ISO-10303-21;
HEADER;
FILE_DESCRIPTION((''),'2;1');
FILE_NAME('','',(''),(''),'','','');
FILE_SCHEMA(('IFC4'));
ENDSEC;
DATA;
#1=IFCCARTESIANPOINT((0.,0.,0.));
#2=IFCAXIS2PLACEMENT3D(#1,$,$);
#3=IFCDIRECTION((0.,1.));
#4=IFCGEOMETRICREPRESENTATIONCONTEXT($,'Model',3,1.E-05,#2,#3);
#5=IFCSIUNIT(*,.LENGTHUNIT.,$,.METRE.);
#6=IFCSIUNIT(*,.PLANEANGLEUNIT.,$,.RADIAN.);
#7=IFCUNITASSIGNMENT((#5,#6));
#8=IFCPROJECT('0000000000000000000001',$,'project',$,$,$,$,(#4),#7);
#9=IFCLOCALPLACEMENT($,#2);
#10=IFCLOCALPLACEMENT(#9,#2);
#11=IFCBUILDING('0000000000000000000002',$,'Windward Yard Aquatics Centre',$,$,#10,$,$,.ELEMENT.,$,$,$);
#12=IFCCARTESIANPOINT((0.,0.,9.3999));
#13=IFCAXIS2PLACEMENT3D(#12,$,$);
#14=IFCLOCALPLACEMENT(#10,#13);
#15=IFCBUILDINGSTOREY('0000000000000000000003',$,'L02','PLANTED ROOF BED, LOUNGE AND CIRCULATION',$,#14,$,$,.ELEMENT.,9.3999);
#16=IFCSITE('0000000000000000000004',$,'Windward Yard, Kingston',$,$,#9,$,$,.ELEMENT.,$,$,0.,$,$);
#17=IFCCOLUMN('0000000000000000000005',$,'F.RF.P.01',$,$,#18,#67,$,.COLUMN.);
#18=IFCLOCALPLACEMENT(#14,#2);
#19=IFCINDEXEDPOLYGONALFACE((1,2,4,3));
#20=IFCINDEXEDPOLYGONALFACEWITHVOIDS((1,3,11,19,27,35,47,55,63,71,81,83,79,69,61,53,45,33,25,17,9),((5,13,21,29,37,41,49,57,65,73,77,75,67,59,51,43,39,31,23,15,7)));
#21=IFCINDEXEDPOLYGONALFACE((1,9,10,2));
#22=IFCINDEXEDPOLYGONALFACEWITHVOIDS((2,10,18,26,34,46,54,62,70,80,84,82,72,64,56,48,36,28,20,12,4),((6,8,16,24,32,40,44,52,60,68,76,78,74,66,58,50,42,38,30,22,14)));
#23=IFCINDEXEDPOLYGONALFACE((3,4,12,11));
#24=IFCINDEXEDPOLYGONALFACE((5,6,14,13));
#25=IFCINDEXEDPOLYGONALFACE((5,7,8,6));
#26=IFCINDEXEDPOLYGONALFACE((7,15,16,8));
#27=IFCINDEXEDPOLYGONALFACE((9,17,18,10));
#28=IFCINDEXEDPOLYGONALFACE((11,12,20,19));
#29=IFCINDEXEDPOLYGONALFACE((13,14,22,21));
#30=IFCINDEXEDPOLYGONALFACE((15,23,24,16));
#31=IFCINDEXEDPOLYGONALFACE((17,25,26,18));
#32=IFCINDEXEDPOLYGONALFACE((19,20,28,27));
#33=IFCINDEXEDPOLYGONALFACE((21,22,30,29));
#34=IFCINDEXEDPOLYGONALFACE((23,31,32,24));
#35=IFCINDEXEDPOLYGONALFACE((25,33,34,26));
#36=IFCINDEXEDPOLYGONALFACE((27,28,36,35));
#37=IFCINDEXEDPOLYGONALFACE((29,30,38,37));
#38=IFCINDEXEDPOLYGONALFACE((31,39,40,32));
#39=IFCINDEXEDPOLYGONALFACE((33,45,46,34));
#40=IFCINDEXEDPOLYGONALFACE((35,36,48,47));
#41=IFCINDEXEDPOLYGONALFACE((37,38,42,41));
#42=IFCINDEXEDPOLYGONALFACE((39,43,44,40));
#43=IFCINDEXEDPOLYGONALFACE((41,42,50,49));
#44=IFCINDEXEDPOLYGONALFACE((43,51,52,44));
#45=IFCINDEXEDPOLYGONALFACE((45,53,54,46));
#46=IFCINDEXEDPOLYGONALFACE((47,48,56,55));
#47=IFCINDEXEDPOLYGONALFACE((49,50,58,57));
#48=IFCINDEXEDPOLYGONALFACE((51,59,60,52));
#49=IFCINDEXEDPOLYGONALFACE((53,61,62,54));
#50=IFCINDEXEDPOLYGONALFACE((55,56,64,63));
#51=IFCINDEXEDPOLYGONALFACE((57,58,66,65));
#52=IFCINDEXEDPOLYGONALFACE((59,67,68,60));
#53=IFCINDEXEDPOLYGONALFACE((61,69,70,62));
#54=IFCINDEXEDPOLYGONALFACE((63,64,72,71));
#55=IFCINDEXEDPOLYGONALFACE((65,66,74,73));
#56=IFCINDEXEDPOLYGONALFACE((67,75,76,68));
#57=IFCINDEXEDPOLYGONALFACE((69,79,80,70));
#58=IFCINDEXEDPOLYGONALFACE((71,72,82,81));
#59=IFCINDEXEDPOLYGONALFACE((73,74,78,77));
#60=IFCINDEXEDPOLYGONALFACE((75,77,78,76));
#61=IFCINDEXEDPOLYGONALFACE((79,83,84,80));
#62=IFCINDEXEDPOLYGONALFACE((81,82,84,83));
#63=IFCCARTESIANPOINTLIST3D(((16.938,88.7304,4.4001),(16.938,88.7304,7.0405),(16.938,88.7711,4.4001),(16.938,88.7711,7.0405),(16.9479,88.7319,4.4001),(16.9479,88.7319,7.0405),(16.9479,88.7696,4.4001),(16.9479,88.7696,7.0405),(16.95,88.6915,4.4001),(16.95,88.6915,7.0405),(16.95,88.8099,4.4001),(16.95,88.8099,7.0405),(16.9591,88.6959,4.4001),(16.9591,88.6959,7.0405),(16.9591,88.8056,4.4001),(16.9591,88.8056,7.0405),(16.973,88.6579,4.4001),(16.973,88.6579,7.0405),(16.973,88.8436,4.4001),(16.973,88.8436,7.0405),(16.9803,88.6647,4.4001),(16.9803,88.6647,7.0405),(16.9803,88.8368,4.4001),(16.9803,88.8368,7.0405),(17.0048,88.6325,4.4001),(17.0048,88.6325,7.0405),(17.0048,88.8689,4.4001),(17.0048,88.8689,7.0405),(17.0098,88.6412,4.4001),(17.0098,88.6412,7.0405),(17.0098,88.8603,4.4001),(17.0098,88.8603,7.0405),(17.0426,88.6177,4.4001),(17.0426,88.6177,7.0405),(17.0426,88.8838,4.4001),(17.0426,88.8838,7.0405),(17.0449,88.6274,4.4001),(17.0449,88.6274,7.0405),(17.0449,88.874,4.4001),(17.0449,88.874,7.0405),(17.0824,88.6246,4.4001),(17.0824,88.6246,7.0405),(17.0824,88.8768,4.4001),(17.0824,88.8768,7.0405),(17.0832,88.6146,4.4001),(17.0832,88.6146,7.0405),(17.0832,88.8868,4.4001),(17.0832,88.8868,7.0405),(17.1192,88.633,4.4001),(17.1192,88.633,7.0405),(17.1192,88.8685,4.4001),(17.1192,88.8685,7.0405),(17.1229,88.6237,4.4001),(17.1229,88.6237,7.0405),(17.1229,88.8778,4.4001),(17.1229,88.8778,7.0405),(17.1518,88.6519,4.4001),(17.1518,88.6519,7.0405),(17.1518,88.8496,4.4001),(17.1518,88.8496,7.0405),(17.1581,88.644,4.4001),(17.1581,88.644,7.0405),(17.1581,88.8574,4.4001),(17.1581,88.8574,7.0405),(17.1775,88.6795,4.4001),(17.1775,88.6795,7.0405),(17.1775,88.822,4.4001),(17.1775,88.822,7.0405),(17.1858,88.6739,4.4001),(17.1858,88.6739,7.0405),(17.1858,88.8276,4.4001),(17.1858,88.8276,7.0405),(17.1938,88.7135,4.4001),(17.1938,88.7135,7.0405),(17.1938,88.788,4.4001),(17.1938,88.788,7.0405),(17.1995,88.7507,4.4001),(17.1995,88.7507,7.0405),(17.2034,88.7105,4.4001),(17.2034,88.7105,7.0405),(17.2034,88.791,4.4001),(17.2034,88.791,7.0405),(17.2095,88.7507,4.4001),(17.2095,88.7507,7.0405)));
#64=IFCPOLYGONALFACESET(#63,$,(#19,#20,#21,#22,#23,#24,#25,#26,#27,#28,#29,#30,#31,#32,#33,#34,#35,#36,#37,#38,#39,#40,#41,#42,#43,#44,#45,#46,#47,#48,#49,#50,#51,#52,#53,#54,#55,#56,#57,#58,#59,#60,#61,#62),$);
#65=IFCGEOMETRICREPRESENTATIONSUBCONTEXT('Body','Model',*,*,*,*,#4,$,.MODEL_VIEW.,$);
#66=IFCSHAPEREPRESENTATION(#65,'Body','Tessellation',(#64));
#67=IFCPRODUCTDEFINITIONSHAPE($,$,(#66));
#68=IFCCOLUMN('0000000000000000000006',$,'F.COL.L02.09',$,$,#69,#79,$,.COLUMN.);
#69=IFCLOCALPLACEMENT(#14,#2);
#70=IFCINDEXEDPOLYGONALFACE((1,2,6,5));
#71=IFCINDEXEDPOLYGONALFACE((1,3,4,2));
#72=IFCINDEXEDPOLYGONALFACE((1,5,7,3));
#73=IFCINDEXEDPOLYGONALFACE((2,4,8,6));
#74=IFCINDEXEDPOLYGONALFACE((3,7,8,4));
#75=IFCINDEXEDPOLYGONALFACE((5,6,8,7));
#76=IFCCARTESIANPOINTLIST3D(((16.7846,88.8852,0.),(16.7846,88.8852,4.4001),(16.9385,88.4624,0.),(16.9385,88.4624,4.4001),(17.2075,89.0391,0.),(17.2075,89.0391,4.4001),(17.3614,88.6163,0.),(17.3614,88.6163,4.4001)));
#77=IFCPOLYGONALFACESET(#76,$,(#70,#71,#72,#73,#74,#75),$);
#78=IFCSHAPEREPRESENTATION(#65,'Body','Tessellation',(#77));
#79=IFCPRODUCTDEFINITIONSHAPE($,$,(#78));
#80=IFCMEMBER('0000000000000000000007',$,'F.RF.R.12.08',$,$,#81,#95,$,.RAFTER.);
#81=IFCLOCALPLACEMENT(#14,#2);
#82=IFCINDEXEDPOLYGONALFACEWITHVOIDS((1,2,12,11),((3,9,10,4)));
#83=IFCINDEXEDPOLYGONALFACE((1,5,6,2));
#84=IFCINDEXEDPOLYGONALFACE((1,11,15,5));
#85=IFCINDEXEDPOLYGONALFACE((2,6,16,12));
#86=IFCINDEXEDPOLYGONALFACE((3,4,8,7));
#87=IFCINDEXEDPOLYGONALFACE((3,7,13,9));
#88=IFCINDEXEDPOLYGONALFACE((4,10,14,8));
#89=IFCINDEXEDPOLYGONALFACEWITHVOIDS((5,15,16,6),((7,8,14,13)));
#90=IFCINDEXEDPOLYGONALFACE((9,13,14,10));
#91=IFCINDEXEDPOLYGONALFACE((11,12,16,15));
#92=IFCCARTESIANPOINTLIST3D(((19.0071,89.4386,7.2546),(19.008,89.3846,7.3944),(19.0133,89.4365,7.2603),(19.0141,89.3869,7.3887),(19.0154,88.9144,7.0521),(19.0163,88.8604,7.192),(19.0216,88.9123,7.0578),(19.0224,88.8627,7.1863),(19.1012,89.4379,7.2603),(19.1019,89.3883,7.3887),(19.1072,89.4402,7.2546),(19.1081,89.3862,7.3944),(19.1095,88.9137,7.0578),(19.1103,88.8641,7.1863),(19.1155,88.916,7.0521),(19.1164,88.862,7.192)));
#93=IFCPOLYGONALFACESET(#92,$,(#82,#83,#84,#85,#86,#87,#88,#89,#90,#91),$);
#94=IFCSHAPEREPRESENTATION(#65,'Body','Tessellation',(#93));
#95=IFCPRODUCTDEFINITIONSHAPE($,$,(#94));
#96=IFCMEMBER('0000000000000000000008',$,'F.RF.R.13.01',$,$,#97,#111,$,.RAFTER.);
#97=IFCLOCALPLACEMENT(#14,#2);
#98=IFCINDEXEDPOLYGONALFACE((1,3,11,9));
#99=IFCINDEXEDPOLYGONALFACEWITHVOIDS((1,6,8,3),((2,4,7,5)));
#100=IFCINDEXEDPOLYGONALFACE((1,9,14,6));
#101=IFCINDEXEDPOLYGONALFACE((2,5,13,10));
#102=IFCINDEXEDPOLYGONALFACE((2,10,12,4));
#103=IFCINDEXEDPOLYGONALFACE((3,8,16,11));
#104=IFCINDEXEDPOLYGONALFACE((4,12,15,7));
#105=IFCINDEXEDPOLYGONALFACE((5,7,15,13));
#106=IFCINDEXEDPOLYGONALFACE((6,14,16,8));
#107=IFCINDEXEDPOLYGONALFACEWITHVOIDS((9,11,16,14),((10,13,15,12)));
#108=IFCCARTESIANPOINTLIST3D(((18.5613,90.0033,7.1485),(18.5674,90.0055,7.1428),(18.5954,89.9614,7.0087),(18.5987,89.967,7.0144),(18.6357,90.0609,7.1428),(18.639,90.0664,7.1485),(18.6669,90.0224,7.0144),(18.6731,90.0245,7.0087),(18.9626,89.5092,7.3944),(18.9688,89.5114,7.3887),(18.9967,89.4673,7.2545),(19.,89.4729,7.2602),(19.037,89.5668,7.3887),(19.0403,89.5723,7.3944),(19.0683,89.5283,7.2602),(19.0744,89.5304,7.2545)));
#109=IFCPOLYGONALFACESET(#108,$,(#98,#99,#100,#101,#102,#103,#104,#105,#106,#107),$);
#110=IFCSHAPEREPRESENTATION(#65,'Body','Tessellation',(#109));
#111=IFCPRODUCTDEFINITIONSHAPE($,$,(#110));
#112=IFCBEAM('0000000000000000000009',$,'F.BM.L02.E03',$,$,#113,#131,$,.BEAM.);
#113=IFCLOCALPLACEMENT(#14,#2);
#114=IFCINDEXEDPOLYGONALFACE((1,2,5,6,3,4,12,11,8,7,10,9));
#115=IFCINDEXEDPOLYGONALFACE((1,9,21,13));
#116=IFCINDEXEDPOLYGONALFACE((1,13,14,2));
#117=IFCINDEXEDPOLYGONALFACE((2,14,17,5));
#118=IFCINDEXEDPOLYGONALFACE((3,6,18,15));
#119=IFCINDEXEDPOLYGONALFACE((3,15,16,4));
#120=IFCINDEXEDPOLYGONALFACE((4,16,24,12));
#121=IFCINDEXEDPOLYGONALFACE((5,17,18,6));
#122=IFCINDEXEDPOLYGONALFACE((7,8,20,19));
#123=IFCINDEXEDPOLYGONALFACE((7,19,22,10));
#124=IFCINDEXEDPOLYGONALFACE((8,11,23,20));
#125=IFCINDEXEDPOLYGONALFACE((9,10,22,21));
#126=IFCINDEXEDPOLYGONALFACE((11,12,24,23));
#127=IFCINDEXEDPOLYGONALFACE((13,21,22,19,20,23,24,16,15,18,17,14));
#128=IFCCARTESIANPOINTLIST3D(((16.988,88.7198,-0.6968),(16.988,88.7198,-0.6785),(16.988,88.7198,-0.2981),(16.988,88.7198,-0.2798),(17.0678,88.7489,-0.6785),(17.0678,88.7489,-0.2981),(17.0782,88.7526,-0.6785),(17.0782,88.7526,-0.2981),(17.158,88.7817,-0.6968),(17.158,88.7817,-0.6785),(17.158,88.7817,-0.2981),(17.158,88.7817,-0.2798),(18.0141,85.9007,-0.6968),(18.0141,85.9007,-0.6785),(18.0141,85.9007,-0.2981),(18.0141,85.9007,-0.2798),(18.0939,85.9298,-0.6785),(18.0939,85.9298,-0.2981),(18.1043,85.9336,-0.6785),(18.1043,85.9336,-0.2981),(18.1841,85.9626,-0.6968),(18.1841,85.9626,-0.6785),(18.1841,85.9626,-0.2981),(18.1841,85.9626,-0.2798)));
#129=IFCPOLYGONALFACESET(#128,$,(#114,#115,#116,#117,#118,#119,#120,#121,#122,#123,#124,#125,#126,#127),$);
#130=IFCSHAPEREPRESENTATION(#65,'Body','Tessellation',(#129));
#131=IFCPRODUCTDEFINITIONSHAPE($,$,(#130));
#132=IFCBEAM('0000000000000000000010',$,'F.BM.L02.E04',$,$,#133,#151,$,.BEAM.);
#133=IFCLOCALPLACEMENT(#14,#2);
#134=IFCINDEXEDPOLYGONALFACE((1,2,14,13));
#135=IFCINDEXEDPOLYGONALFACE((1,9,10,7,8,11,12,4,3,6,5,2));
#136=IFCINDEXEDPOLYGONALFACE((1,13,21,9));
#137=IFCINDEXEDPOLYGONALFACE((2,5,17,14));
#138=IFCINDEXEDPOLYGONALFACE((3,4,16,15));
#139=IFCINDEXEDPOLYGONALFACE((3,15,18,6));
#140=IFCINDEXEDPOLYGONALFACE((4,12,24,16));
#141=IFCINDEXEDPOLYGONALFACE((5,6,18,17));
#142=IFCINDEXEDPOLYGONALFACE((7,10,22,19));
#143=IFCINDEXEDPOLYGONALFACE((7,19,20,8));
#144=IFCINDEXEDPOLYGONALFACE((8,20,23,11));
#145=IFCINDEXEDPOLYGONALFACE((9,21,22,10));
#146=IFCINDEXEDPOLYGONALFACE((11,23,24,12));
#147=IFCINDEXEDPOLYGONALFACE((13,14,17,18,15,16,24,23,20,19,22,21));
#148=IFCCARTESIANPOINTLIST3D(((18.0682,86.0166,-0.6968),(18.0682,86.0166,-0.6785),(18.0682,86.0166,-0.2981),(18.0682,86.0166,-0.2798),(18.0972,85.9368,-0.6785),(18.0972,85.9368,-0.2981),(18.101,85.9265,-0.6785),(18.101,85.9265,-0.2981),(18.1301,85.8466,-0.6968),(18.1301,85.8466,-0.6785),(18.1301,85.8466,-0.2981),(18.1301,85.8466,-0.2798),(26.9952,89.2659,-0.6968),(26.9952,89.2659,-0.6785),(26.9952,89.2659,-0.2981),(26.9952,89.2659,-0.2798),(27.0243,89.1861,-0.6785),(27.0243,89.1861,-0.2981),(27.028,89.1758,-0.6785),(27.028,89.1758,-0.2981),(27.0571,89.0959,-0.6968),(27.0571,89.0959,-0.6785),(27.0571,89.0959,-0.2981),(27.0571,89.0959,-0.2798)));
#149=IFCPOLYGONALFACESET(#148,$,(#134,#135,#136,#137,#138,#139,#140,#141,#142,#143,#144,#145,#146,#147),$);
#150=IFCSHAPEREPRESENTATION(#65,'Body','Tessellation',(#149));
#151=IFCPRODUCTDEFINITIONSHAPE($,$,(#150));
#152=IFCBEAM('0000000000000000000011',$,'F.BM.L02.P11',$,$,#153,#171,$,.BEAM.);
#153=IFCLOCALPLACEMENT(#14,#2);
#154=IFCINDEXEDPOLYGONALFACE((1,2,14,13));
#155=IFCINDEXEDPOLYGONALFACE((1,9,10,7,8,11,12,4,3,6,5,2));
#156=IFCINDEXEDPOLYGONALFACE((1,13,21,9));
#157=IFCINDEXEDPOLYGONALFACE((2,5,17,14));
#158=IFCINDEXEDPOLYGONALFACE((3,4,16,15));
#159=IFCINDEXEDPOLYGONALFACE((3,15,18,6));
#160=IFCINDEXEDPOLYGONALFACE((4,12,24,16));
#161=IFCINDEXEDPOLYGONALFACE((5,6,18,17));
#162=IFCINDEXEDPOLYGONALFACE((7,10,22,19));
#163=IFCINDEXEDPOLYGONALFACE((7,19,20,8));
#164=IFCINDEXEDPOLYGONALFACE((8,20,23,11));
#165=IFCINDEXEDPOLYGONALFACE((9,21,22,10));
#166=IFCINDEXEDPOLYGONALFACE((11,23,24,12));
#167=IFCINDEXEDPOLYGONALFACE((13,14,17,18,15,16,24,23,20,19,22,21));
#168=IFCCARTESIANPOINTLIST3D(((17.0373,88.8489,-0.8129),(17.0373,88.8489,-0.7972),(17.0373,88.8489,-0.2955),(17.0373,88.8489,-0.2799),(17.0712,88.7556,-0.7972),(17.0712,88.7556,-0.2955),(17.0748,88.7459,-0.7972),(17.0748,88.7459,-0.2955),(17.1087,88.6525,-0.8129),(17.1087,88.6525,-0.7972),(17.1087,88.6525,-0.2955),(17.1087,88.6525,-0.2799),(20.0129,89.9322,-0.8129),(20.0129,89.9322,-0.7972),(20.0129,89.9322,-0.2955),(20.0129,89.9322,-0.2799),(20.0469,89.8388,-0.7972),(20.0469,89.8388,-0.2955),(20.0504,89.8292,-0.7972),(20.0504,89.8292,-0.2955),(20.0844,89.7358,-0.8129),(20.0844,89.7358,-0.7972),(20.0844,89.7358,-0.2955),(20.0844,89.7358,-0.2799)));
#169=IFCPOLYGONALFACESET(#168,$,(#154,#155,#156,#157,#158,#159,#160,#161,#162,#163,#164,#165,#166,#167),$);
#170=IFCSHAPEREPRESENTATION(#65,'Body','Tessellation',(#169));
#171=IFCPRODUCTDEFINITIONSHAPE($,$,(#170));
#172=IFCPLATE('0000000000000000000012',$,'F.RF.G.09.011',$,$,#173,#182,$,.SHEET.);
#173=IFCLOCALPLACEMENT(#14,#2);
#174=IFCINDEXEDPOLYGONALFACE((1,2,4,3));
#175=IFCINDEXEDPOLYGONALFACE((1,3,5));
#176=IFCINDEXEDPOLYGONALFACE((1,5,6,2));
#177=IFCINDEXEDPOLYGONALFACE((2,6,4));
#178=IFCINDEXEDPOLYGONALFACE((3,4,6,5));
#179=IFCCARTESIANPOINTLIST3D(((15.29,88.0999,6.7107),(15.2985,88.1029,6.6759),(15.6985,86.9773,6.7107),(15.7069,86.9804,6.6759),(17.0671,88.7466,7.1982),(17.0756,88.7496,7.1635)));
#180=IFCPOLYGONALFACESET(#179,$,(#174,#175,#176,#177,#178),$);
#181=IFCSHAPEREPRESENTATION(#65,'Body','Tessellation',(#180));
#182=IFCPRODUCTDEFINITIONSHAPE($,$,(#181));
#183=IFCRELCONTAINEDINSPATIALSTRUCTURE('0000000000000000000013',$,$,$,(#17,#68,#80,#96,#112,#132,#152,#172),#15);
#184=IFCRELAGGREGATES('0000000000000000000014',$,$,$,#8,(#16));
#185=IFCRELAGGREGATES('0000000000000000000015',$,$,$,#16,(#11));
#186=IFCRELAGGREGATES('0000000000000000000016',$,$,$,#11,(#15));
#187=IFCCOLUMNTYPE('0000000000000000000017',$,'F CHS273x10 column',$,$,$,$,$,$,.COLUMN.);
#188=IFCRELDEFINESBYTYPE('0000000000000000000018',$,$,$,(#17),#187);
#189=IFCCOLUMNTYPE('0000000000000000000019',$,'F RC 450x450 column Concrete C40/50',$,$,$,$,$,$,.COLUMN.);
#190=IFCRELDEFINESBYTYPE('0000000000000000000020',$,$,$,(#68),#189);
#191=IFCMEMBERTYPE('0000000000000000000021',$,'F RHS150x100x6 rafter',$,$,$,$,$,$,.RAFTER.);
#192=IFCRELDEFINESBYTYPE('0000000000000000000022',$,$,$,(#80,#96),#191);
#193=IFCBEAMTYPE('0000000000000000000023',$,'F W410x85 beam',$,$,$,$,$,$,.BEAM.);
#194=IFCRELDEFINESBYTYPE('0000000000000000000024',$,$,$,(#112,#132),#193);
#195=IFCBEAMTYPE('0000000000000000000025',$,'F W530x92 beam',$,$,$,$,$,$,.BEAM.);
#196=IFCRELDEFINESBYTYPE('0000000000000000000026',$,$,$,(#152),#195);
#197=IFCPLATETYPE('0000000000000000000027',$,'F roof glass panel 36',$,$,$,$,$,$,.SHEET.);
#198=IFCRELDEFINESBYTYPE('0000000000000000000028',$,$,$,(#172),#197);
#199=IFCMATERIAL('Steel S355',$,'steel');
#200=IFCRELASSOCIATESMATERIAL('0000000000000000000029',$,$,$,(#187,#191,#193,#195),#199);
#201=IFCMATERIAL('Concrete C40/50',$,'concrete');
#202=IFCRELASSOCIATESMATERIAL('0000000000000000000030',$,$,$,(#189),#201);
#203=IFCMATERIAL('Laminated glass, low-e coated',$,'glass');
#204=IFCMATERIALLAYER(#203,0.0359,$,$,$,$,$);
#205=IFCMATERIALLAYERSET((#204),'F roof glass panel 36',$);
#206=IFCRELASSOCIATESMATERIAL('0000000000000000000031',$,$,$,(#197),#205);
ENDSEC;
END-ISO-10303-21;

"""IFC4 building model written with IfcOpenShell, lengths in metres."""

from ifc_helpers import new_model, si_unit, direction, frame, origin, origin_2d, place, context, subcontext, project, spatial, polyline, rectangle, hollow_rectangle, hollow_circle, i_section, outline, extrude, material, layer, layer_set, material_profile, profile_set, type_object, element, save


model = new_model("IFC4")

# Units and contexts
model_context = context("Model", 3, precision=1e-05, world=origin(), true_north=direction((0.0, 1.0)))
body_context = subcontext(model_context, "Body", "Model", "MODEL_VIEW")
ifc_project = project(units=[si_unit("LENGTHUNIT", "METRE"), si_unit("PLANEANGLEUNIT", "RADIAN")], contexts=[model_context])

# Site, building, storey
site_placement = place(None, origin())
site = spatial("IfcSite", under=ifc_project, at=site_placement, Name="Windward Yard, Kingston", CompositionType="ELEMENT", RefElevation=0.0)
building_placement = place(site_placement, origin())
building = spatial("IfcBuilding", under=site, at=building_placement, Name="Windward Yard Aquatics Centre", CompositionType="ELEMENT")
storey_placement = place(building_placement, frame((0.0, 0.0, 9.3999)))
storey = spatial("IfcBuildingStorey", under=building, at=storey_placement, Name="L02", Description="PLANTED ROOF BED, LOUNGE AND CIRCULATION", CompositionType="ELEMENT", Elevation=9.3999)

# Columns
ifc_material_1 = material(Name="Steel S355", Category="steel")
ifc_material_profile_1 = material_profile(ifc_material_1, hollow_circle(Radius=0.1365, WallThickness=0.01, at=origin_2d()), Name="CHS273x10")
ifc_profile_set_1 = profile_set([ifc_material_profile_1], Name="Steel S355")
column_type_1 = type_object("IfcColumnType", Name="F CHS273x10 column", PredefinedType="COLUMN", material=ifc_profile_set_1)
column_1_placement = place(storey_placement, frame((17.073, 88.7507, 4.4001), z_axis=(0.0, 0.0, 1.0), x_axis=(1.0, 0.0, 0.0)))
element("IfcColumn", 1, at=column_1_placement, inside=storey, type_object=column_type_1, Name="F.RF.P.01", PredefinedType="COLUMN", context=body_context, shape_type="SweptSolid", body=[
    extrude(hollow_circle(Radius=0.1365, WallThickness=0.01, at=origin_2d()), origin(), (0.0, 0.0, 1.0), 2.6404),
])
ifc_material_2 = material(Name="Concrete C40/50", Category="concrete")
ifc_material_profile_2 = material_profile(ifc_material_2, rectangle(XDim=0.45, YDim=0.45, at=origin_2d()), Name="RC 450x450")
ifc_profile_set_2 = profile_set([ifc_material_profile_2], Name="Concrete C40/50")
column_type_2 = type_object("IfcColumnType", Name="F RC 450x450 column Concrete C40/50", PredefinedType="COLUMN", material=ifc_profile_set_2)
column_2_placement = place(storey_placement, frame((17.073, 88.7507, 0.0), z_axis=(0.0, 0.0, 1.0), x_axis=(0.939693, 0.34202, 0.0)))
element("IfcColumn", 2, at=column_2_placement, inside=storey, type_object=column_type_2, Name="F.COL.L02.09", PredefinedType="COLUMN", context=body_context, shape_type="SweptSolid", body=[
    extrude(rectangle(XDim=0.45, YDim=0.45, at=origin_2d()), origin(), (0.0, 0.0, 1.0), 4.4001),
])

# Members
ifc_material_profile_3 = material_profile(ifc_material_1, hollow_rectangle(XDim=0.1001, YDim=0.1499, WallThickness=0.0061, at=origin_2d()), Name="RHS150x100x6")
ifc_profile_set_3 = profile_set([ifc_material_profile_3], Name="Steel S355")
member_type = type_object("IfcMemberType", Name="F RHS150x100x6 rafter", PredefinedType="RAFTER", material=ifc_profile_set_3)
member_1_placement = place(storey_placement, frame((19.0659, 88.8882, 7.1221), z_axis=(-0.014771, 0.932773, 0.360162), x_axis=(-0.999875, -0.015834, 0.0)))
element("IfcMember", 3, at=member_1_placement, inside=storey, type_object=member_type, Name="F.RF.R.12.08", PredefinedType="RAFTER", context=body_context, shape_type="SweptSolid", body=[
    extrude(hollow_rectangle(XDim=0.1001, YDim=0.1499, WallThickness=0.0061, at=origin_2d()), origin(), (0.0, 0.0, 1.0), 0.562),
])
member_2_placement = place(storey_placement, frame((18.6172, 90.0139, 7.0786), z_axis=(0.588143, -0.724088, 0.360255), x_axis=(0.776208, 0.630477, 0.0)))
element("IfcMember", 4, at=member_2_placement, inside=storey, type_object=member_type, Name="F.RF.R.13.01", PredefinedType="RAFTER", context=body_context, shape_type="SweptSolid", body=[
    extrude(hollow_rectangle(XDim=0.1001, YDim=0.1499, WallThickness=0.0061, at=origin_2d()), origin(), (0.0, 0.0, 1.0), 0.6824),
])

# Beams
ifc_material_profile_4 = material_profile(ifc_material_1, i_section(OverallWidth=0.1809, OverallDepth=0.417, WebThickness=0.011, FlangeThickness=0.0183, at=origin_2d()), Name="W410x85")
ifc_profile_set_4 = profile_set([ifc_material_profile_4], Name="Steel S355")
beam_type_1 = type_object("IfcBeamType", Name="F W410x85 beam", PredefinedType="BEAM", material=ifc_profile_set_4)
beam_1_placement = place(storey_placement, frame((17.073, 88.7507, -0.4883), z_axis=(0.342037, -0.939686, 0.0), x_axis=(0.939686, 0.342037, 0.0)))
element("IfcBeam", 5, at=beam_1_placement, inside=storey, type_object=beam_type_1, Name="F.BM.L02.E03", PredefinedType="BEAM", context=body_context, shape_type="SweptSolid", body=[
    extrude(i_section(OverallWidth=0.1809, OverallDepth=0.417, WebThickness=0.011, FlangeThickness=0.0183, at=origin_2d()), origin(), (0.0, 0.0, 1.0), 3.0),
])
beam_2_placement = place(storey_placement, frame((18.0991, 85.9316, -0.4883), z_axis=(0.939689, 0.34203, 0.0), x_axis=(-0.34203, 0.939689, 0.0)))
element("IfcBeam", 6, at=beam_2_placement, inside=storey, type_object=beam_type_1, Name="F.BM.L02.E04", PredefinedType="BEAM", context=body_context, shape_type="SweptSolid", body=[
    extrude(i_section(OverallWidth=0.1809, OverallDepth=0.417, WebThickness=0.011, FlangeThickness=0.0183, at=origin_2d()), origin(), (0.0, 0.0, 1.0), 9.5),
])
ifc_material_profile_5 = material_profile(ifc_material_1, i_section(OverallWidth=0.209, OverallDepth=0.533, WebThickness=0.0103, FlangeThickness=0.0156, at=origin_2d()), Name="W530x92")
ifc_profile_set_5 = profile_set([ifc_material_profile_5], Name="Steel S355")
beam_type_2 = type_object("IfcBeamType", Name="F W530x92 beam", PredefinedType="BEAM", material=ifc_profile_set_5)
beam_3_placement = place(storey_placement, frame((17.073, 88.7507, -0.5464), z_axis=(0.93967, 0.342084, 0.0), x_axis=(-0.342084, 0.93967, 0.0)))
element("IfcBeam", 7, at=beam_3_placement, inside=storey, type_object=beam_type_2, Name="F.BM.L02.P11", PredefinedType="BEAM", context=body_context, shape_type="SweptSolid", body=[
    extrude(i_section(OverallWidth=0.209, OverallDepth=0.533, WebThickness=0.0103, FlangeThickness=0.0156, at=origin_2d()), origin(), (0.0, 0.0, 1.0), 3.1667),
])

# Plate
ifc_material_3 = material(Name="Laminated glass, low-e coated", Category="glass")
ifc_layer_1 = layer(ifc_material_3, 0.0359)
ifc_layer_set_1 = layer_set([ifc_layer_1], Name="F roof glass panel 36")
plate_type = type_object("IfcPlateType", Name="F roof glass panel 36", PredefinedType="SHEET", material=ifc_layer_set_1)
plate_1_placement = place(storey_placement, frame((15.29, 88.0999, 6.7107), z_axis=(-0.2346, -0.08536, 0.968337), x_axis=(0.909953, 0.331153, 0.249646)))
element("IfcPlate", 8, at=plate_1_placement, inside=storey, type_object=plate_type, Name="F.RF.G.09.011", PredefinedType="SHEET", context=body_context, shape_type="SweptSolid", body=[
    extrude(outline(polyline([(0.0, 0.0), (1.953, 0.0), (-0.0001, -1.1946), (0.0, 0.0)])), origin(), (0.0, 0.0, -1.0), 0.0359),
])

save(model, "model.ifc")
